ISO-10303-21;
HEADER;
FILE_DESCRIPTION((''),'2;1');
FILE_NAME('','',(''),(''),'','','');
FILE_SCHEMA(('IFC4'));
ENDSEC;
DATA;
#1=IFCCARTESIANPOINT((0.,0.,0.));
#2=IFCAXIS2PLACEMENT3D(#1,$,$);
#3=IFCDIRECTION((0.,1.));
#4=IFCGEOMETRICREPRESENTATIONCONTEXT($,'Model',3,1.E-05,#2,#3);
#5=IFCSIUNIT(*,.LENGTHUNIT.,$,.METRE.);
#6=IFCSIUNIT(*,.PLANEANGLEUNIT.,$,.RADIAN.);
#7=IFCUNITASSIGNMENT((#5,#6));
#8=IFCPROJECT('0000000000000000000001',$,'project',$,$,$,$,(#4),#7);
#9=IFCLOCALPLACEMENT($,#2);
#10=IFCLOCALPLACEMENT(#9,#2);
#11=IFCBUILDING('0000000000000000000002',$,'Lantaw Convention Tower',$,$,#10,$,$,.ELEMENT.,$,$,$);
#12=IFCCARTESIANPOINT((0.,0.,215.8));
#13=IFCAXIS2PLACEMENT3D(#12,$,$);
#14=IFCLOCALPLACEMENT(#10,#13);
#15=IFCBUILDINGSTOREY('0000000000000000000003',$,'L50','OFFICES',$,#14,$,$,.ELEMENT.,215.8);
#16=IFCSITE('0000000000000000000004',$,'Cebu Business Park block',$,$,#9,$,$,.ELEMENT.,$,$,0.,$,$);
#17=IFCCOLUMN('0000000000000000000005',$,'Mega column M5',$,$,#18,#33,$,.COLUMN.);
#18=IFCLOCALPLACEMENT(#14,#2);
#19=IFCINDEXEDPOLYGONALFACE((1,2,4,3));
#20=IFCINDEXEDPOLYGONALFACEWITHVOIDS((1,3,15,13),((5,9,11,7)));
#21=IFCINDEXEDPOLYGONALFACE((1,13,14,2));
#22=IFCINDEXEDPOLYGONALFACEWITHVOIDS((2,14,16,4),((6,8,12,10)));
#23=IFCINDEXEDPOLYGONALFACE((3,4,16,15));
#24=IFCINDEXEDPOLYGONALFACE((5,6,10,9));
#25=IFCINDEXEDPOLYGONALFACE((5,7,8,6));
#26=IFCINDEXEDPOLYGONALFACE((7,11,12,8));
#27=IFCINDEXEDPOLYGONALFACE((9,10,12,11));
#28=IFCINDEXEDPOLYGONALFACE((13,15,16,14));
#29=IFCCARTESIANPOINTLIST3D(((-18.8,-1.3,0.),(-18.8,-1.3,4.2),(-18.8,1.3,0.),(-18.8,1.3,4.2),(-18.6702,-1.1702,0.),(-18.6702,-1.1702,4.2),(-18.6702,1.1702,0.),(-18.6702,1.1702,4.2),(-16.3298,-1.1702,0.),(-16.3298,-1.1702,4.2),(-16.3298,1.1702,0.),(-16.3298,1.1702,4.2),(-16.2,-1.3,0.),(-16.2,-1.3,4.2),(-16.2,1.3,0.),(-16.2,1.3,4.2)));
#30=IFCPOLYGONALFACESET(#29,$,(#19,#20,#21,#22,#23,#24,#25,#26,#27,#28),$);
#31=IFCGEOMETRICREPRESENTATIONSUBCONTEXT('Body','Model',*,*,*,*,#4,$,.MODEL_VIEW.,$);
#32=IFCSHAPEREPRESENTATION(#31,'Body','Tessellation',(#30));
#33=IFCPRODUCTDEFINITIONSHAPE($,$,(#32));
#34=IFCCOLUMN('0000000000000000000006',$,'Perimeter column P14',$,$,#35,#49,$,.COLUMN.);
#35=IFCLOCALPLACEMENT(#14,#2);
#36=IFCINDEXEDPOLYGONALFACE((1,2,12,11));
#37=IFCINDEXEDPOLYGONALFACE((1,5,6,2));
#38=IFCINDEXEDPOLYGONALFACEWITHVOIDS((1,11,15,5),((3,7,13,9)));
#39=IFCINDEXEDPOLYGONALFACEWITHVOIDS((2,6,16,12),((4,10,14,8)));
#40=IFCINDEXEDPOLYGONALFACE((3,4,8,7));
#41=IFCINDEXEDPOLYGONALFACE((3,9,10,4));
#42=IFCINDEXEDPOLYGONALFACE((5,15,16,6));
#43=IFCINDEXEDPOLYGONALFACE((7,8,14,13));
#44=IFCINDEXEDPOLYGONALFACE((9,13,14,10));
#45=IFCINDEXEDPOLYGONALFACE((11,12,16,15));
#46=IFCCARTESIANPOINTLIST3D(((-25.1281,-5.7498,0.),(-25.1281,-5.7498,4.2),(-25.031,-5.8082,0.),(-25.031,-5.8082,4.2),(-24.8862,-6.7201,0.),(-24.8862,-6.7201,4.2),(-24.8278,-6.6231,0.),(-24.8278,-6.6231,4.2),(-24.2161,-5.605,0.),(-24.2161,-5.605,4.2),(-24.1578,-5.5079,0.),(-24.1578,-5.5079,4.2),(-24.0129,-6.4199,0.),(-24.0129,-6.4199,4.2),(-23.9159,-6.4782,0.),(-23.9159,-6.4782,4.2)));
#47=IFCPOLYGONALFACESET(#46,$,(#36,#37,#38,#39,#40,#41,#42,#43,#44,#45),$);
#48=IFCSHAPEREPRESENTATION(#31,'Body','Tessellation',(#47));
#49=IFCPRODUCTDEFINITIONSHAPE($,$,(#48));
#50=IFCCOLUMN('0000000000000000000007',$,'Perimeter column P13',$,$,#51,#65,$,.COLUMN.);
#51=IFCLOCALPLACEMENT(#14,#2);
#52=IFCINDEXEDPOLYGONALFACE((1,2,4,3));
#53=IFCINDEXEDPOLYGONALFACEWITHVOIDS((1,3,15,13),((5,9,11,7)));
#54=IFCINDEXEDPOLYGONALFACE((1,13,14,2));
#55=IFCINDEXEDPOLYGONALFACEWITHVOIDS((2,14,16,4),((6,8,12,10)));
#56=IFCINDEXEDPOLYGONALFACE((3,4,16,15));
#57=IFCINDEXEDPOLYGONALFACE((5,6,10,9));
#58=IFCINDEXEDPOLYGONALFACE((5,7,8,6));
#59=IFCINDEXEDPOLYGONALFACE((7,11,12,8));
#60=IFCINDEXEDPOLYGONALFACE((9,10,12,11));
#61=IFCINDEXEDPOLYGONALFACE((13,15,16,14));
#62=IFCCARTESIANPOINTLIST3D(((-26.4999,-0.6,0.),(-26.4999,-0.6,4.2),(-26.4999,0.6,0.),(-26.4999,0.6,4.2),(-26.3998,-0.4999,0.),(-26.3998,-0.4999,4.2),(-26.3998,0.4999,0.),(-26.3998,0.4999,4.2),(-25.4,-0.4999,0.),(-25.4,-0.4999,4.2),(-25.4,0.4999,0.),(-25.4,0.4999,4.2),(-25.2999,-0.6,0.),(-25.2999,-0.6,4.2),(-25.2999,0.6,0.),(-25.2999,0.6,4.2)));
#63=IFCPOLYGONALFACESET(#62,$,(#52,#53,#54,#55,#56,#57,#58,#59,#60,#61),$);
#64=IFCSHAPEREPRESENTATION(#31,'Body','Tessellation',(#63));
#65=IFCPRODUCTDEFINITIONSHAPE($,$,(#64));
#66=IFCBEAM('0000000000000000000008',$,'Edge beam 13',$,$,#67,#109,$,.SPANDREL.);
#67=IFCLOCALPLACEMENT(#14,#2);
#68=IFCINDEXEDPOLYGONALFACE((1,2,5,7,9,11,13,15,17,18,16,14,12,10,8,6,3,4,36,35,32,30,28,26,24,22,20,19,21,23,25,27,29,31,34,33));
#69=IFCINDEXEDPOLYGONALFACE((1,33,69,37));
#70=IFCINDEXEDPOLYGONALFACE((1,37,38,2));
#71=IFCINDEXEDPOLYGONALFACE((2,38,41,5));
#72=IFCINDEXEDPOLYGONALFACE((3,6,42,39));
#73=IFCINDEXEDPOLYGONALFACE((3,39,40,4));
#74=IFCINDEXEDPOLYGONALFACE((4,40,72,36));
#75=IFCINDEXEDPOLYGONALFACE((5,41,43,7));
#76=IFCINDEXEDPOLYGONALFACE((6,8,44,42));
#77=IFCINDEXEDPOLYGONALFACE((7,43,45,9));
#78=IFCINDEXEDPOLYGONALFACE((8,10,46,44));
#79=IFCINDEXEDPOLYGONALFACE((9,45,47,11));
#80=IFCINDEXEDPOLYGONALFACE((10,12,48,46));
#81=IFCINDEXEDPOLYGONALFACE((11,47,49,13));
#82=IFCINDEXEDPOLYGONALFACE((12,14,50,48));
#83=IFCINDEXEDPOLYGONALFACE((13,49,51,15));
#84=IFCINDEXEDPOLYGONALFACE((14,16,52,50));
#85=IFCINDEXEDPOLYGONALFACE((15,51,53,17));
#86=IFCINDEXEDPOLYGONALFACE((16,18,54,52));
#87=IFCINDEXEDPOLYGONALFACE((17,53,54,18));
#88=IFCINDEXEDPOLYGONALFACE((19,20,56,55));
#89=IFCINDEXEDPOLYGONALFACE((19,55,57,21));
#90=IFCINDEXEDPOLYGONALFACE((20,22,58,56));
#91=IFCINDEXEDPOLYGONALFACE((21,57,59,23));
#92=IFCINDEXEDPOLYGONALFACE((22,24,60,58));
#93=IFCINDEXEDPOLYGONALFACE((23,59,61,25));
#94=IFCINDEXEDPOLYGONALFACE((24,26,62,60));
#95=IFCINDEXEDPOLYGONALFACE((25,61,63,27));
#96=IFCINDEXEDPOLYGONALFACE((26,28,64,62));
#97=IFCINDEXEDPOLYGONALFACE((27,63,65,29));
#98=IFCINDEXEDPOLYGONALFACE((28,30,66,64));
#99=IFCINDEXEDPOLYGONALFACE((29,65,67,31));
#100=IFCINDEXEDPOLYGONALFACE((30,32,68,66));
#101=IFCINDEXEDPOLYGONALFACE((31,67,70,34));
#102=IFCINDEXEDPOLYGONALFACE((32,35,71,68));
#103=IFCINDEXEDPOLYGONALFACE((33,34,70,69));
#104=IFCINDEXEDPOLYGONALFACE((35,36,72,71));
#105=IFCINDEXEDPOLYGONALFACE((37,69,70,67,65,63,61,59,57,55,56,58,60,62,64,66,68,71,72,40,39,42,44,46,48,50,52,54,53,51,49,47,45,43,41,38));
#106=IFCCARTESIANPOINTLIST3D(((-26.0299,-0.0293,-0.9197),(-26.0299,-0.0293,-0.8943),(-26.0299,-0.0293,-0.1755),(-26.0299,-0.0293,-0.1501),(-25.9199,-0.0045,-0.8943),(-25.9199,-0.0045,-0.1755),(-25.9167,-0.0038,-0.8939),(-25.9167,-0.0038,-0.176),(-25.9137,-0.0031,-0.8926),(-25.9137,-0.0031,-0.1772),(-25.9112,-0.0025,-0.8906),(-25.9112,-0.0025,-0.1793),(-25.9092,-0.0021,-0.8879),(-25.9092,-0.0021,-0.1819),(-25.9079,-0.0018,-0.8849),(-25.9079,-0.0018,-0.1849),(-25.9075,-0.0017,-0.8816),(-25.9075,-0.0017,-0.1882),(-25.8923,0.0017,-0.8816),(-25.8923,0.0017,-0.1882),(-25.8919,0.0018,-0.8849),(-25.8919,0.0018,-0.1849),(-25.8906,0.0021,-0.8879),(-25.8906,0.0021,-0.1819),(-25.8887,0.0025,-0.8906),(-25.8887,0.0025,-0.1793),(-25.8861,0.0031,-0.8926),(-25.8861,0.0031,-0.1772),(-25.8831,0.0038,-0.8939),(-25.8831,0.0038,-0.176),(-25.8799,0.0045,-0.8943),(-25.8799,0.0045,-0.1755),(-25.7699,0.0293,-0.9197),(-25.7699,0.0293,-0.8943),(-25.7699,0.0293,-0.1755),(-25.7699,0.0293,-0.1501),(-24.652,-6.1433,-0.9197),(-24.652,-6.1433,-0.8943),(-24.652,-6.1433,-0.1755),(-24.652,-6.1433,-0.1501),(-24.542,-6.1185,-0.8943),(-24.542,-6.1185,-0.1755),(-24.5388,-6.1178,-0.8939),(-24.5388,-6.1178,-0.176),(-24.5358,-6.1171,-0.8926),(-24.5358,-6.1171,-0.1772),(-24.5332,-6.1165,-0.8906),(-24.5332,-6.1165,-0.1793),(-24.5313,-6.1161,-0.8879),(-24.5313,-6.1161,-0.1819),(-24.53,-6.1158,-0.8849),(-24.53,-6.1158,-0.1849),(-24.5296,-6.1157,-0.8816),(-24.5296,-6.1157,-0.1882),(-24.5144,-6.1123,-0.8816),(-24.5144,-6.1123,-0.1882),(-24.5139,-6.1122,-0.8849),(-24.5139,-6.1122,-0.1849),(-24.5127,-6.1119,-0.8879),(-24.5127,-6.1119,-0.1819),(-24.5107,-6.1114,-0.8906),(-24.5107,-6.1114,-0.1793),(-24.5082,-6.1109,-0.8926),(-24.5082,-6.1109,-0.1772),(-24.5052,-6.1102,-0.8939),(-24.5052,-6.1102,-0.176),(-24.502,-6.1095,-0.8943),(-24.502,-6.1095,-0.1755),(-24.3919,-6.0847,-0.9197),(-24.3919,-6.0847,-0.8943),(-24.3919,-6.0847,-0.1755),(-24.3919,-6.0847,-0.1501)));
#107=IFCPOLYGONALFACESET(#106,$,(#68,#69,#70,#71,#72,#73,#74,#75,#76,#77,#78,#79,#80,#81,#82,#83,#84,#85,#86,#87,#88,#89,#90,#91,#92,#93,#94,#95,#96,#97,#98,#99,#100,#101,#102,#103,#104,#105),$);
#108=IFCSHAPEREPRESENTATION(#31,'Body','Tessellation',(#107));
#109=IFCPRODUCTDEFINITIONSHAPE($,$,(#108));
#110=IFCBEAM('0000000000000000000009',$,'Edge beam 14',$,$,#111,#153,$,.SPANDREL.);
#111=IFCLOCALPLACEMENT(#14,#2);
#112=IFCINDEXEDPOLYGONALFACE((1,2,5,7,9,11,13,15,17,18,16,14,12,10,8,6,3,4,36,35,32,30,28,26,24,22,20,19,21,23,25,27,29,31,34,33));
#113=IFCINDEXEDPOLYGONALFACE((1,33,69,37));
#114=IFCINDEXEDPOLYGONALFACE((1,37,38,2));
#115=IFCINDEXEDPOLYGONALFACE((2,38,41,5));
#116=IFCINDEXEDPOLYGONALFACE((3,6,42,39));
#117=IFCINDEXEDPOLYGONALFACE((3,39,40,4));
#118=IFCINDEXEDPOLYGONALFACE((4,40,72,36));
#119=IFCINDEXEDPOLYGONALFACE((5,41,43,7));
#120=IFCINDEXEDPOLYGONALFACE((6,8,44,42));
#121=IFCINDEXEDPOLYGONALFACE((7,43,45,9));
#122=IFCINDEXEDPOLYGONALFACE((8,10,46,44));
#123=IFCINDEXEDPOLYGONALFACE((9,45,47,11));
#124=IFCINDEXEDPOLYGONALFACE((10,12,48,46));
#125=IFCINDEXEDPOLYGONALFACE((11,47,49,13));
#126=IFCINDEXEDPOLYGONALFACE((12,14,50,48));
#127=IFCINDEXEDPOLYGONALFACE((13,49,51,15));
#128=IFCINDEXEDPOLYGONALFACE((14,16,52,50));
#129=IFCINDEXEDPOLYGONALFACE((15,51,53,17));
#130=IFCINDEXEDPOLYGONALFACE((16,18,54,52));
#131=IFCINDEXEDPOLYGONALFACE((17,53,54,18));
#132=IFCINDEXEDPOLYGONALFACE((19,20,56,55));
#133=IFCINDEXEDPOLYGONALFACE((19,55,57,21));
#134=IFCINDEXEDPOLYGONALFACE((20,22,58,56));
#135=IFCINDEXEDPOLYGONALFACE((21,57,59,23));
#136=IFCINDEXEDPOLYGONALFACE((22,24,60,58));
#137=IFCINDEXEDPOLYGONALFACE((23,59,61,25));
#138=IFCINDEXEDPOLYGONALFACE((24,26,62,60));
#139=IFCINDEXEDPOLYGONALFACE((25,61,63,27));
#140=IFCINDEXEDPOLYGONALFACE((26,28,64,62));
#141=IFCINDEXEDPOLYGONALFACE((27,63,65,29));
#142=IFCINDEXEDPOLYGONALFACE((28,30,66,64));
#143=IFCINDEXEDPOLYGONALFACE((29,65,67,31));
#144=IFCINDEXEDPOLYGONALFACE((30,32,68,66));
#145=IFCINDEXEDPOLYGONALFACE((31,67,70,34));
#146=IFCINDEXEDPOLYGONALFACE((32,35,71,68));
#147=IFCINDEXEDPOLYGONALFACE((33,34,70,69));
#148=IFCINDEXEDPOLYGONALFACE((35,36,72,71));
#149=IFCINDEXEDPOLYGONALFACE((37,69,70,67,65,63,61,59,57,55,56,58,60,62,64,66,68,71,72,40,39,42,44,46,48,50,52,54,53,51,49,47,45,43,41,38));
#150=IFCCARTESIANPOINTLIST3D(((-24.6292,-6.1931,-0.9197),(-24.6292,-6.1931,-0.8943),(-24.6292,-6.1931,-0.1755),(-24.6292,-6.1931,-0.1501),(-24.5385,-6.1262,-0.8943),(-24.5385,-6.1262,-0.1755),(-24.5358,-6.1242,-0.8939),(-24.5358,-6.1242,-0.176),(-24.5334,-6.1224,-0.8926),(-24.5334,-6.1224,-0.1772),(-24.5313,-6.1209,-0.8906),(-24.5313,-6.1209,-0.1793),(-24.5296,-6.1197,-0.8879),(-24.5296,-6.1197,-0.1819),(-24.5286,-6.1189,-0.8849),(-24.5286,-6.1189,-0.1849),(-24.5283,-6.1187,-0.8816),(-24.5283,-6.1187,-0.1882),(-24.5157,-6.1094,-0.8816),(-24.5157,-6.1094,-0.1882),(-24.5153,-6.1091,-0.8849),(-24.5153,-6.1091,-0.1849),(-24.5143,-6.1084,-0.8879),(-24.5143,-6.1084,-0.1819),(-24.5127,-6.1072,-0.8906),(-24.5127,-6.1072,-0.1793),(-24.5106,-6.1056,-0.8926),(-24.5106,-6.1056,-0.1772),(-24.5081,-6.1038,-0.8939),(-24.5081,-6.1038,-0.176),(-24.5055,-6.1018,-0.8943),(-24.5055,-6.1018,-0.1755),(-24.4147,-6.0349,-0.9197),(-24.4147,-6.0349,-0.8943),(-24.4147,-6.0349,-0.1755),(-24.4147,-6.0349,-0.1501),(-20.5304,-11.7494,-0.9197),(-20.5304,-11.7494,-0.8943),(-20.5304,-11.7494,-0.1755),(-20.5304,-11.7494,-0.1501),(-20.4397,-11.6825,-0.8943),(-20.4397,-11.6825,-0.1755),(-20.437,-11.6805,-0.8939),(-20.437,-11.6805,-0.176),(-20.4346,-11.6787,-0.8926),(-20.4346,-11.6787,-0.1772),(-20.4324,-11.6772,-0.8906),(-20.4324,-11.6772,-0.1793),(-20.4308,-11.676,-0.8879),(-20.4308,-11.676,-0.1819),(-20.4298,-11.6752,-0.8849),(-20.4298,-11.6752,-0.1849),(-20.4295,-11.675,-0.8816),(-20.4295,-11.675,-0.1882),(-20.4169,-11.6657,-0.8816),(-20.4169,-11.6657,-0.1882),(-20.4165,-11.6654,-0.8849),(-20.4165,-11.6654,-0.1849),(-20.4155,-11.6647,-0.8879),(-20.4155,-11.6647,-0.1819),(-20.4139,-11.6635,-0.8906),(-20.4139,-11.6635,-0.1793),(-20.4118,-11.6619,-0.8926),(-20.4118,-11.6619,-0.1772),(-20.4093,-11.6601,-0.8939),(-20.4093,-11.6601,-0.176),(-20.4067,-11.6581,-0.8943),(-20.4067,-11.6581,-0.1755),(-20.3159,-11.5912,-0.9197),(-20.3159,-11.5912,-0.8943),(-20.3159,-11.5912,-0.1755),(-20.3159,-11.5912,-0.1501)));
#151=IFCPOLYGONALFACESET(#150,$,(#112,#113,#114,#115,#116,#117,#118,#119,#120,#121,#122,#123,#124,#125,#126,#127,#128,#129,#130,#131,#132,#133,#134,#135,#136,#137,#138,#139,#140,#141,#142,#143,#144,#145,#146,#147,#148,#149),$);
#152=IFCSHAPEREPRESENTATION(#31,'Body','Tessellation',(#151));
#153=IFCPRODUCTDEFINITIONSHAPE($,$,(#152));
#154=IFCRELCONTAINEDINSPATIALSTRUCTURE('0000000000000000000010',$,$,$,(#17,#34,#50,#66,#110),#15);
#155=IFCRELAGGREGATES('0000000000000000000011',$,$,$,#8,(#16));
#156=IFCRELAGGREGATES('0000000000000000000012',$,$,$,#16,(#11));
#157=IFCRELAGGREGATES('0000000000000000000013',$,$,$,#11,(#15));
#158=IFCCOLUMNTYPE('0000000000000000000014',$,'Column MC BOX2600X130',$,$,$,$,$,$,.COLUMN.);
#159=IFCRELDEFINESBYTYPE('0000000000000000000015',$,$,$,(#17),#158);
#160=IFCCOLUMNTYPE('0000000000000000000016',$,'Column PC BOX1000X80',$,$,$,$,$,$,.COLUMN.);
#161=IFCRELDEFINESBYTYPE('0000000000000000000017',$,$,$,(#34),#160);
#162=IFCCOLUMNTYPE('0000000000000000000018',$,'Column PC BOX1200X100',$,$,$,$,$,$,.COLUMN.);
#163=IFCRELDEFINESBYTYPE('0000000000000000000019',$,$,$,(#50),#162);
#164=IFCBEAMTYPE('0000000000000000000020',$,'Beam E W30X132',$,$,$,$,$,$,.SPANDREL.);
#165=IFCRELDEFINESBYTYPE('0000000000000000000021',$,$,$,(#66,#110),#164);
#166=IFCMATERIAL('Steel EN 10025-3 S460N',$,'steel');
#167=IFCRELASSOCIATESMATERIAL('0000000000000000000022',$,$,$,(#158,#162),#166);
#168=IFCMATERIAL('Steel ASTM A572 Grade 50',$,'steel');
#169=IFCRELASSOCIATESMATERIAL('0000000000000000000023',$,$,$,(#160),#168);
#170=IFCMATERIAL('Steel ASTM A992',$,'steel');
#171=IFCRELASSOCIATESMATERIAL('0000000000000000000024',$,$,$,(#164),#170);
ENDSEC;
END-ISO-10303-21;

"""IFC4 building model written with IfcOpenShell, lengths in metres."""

from ifc_helpers import new_model, si_unit, direction, frame, origin, origin_2d, place, context, subcontext, project, spatial, rectangle, hollow_rectangle, i_section, extrude, material, material_profile, profile_set, type_object, element, save


model = new_model("IFC4")

# Units and contexts
model_context = context("Model", 3, precision=1e-05, world=origin(), true_north=direction((0.0, 1.0)))
body_context = subcontext(model_context, "Body", "Model", "MODEL_VIEW")
ifc_project = project(units=[si_unit("LENGTHUNIT", "METRE"), si_unit("PLANEANGLEUNIT", "RADIAN")], contexts=[model_context])

# Site, building, storey
site_placement = place(None, origin())
site = spatial("IfcSite", under=ifc_project, at=site_placement, Name="Cebu Business Park block", CompositionType="ELEMENT", RefElevation=0.0)
building_placement = place(site_placement, origin())
building = spatial("IfcBuilding", under=site, at=building_placement, Name="Lantaw Convention Tower", CompositionType="ELEMENT")
storey_placement = place(building_placement, frame((0.0, 0.0, 215.8)))
storey = spatial("IfcBuildingStorey", under=building, at=storey_placement, Name="L50", Description="OFFICES", CompositionType="ELEMENT", Elevation=215.8)

# Columns
ifc_material_1 = material(Name="Steel EN 10025-3 S460N", Category="steel")
ifc_material_profile_1 = material_profile(ifc_material_1, hollow_rectangle(XDim=2.6001, YDim=2.6001, WallThickness=0.1299, at=origin_2d()), Name="BOX2600X130")
ifc_material_2 = material(Name="Concrete C60/75", Category="concrete")
ifc_material_profile_2 = material_profile(ifc_material_2, rectangle(XDim=2.3401, YDim=2.3401, at=origin_2d()), Name="Concrete fill of BOX2600X130")
ifc_profile_set_1 = profile_set([ifc_material_profile_1, ifc_material_profile_2], Name="Steel EN 10025-3 S460N")
column_type_1 = type_object("IfcColumnType", Name="Column MC BOX2600X130", PredefinedType="COLUMN", material=ifc_profile_set_1)
column_1_placement = place(storey_placement, frame((-17.5, 0.0, 0.0), z_axis=(0.0, 0.0, 1.0), x_axis=(1.0, 0.0, 0.0)))
element("IfcColumn", 1, at=column_1_placement, inside=storey, type_object=column_type_1, Name="Mega column M5", PredefinedType="COLUMN", context=body_context, shape_type="SweptSolid", body=[
    extrude(hollow_rectangle(XDim=2.6001, YDim=2.6001, WallThickness=0.1299, at=origin_2d()), origin(), (0.0, 0.0, 1.0), 4.2),
])
ifc_material_3 = material(Name="Steel ASTM A572 Grade 50", Category="steel")
ifc_material_profile_3 = material_profile(ifc_material_3, hollow_rectangle(XDim=1.0, YDim=1.0, WallThickness=0.0801, at=origin_2d()), Name="BOX1000X80")
ifc_material_profile_4 = material_profile(ifc_material_2, rectangle(XDim=0.8401, YDim=0.8401, at=origin_2d()), Name="Concrete fill of BOX1000X80")
ifc_profile_set_2 = profile_set([ifc_material_profile_3, ifc_material_profile_4], Name="Steel ASTM A572 Grade 50")
column_type_2 = type_object("IfcColumnType", Name="Column PC BOX1000X80", PredefinedType="COLUMN", material=ifc_profile_set_2)
column_2_placement = place(storey_placement, frame((-24.522, -6.114, 0.0), z_axis=(0.0, 0.0, 1.0), x_axis=(0.970296, 0.241922, 0.0)))
element("IfcColumn", 2, at=column_2_placement, inside=storey, type_object=column_type_2, Name="Perimeter column P14", PredefinedType="COLUMN", context=body_context, shape_type="SweptSolid", body=[
    extrude(hollow_rectangle(XDim=1.0, YDim=1.0, WallThickness=0.0801, at=origin_2d()), origin(), (0.0, 0.0, 1.0), 4.2),
])
ifc_material_profile_5 = material_profile(ifc_material_1, hollow_rectangle(XDim=1.2, YDim=1.2, WallThickness=0.1001, at=origin_2d()), Name="BOX1200X100")
ifc_material_profile_6 = material_profile(ifc_material_2, rectangle(XDim=1.0, YDim=1.0, at=origin_2d()), Name="Concrete fill of BOX1200X100")
ifc_profile_set_3 = profile_set([ifc_material_profile_5, ifc_material_profile_6], Name="Steel EN 10025-3 S460N")
column_type_3 = type_object("IfcColumnType", Name="Column PC BOX1200X100", PredefinedType="COLUMN", material=ifc_profile_set_3)
column_3_placement = place(storey_placement, frame((-25.8999, 0.0, 0.0), z_axis=(0.0, 0.0, 1.0), x_axis=(1.0, 0.0, 0.0)))
element("IfcColumn", 3, at=column_3_placement, inside=storey, type_object=column_type_3, Name="Perimeter column P13", PredefinedType="COLUMN", context=body_context, shape_type="SweptSolid", body=[
    extrude(hollow_rectangle(XDim=1.2, YDim=1.2, WallThickness=0.1001, at=origin_2d()), origin(), (0.0, 0.0, 1.0), 4.2),
])

# Beams
ifc_material_4 = material(Name="Steel ASTM A992", Category="steel")
ifc_material_profile_7 = material_profile(ifc_material_4, i_section(OverallWidth=0.2666, OverallDepth=0.7695, WebThickness=0.0156, FlangeThickness=0.0254, FilletRadius=0.0127, at=origin_2d()), Name="W30X132")
ifc_profile_set_4 = profile_set([ifc_material_profile_7], Name="Steel ASTM A992")
beam_type_1 = type_object("IfcBeamType", Name="Beam E W30X132", PredefinedType="SPANDREL", material=ifc_profile_set_4)
beam_1_placement = place(storey_placement, frame((-25.8999, 0.0, -0.5349), z_axis=(0.219858, -0.975532, 0.0), x_axis=(0.975532, 0.219858, 0.0)))
element("IfcBeam", 4, at=beam_1_placement, inside=storey, type_object=beam_type_1, Name="Edge beam 13", PredefinedType="SPANDREL", context=body_context, shape_type="SweptSolid", body=[
    extrude(i_section(OverallWidth=0.2666, OverallDepth=0.7695, WebThickness=0.0156, FlangeThickness=0.0254, FilletRadius=0.0127, at=origin_2d()), origin(), (0.0, 0.0, 1.0), 6.2673),
])
beam_2_placement = place(storey_placement, frame((-24.522, -6.114, -0.5349), z_axis=(0.593639, -0.804731, 0.0), x_axis=(0.804731, 0.593639, 0.0)))
element("IfcBeam", 5, at=beam_2_placement, inside=storey, type_object=beam_type_1, Name="Edge beam 14", PredefinedType="SPANDREL", context=body_context, shape_type="SweptSolid", body=[
    extrude(i_section(OverallWidth=0.2666, OverallDepth=0.7695, WebThickness=0.0156, FlangeThickness=0.0254, FilletRadius=0.0127, at=origin_2d()), origin(), (0.0, 0.0, 1.0), 6.9045),
])

save(model, "model.ifc")
